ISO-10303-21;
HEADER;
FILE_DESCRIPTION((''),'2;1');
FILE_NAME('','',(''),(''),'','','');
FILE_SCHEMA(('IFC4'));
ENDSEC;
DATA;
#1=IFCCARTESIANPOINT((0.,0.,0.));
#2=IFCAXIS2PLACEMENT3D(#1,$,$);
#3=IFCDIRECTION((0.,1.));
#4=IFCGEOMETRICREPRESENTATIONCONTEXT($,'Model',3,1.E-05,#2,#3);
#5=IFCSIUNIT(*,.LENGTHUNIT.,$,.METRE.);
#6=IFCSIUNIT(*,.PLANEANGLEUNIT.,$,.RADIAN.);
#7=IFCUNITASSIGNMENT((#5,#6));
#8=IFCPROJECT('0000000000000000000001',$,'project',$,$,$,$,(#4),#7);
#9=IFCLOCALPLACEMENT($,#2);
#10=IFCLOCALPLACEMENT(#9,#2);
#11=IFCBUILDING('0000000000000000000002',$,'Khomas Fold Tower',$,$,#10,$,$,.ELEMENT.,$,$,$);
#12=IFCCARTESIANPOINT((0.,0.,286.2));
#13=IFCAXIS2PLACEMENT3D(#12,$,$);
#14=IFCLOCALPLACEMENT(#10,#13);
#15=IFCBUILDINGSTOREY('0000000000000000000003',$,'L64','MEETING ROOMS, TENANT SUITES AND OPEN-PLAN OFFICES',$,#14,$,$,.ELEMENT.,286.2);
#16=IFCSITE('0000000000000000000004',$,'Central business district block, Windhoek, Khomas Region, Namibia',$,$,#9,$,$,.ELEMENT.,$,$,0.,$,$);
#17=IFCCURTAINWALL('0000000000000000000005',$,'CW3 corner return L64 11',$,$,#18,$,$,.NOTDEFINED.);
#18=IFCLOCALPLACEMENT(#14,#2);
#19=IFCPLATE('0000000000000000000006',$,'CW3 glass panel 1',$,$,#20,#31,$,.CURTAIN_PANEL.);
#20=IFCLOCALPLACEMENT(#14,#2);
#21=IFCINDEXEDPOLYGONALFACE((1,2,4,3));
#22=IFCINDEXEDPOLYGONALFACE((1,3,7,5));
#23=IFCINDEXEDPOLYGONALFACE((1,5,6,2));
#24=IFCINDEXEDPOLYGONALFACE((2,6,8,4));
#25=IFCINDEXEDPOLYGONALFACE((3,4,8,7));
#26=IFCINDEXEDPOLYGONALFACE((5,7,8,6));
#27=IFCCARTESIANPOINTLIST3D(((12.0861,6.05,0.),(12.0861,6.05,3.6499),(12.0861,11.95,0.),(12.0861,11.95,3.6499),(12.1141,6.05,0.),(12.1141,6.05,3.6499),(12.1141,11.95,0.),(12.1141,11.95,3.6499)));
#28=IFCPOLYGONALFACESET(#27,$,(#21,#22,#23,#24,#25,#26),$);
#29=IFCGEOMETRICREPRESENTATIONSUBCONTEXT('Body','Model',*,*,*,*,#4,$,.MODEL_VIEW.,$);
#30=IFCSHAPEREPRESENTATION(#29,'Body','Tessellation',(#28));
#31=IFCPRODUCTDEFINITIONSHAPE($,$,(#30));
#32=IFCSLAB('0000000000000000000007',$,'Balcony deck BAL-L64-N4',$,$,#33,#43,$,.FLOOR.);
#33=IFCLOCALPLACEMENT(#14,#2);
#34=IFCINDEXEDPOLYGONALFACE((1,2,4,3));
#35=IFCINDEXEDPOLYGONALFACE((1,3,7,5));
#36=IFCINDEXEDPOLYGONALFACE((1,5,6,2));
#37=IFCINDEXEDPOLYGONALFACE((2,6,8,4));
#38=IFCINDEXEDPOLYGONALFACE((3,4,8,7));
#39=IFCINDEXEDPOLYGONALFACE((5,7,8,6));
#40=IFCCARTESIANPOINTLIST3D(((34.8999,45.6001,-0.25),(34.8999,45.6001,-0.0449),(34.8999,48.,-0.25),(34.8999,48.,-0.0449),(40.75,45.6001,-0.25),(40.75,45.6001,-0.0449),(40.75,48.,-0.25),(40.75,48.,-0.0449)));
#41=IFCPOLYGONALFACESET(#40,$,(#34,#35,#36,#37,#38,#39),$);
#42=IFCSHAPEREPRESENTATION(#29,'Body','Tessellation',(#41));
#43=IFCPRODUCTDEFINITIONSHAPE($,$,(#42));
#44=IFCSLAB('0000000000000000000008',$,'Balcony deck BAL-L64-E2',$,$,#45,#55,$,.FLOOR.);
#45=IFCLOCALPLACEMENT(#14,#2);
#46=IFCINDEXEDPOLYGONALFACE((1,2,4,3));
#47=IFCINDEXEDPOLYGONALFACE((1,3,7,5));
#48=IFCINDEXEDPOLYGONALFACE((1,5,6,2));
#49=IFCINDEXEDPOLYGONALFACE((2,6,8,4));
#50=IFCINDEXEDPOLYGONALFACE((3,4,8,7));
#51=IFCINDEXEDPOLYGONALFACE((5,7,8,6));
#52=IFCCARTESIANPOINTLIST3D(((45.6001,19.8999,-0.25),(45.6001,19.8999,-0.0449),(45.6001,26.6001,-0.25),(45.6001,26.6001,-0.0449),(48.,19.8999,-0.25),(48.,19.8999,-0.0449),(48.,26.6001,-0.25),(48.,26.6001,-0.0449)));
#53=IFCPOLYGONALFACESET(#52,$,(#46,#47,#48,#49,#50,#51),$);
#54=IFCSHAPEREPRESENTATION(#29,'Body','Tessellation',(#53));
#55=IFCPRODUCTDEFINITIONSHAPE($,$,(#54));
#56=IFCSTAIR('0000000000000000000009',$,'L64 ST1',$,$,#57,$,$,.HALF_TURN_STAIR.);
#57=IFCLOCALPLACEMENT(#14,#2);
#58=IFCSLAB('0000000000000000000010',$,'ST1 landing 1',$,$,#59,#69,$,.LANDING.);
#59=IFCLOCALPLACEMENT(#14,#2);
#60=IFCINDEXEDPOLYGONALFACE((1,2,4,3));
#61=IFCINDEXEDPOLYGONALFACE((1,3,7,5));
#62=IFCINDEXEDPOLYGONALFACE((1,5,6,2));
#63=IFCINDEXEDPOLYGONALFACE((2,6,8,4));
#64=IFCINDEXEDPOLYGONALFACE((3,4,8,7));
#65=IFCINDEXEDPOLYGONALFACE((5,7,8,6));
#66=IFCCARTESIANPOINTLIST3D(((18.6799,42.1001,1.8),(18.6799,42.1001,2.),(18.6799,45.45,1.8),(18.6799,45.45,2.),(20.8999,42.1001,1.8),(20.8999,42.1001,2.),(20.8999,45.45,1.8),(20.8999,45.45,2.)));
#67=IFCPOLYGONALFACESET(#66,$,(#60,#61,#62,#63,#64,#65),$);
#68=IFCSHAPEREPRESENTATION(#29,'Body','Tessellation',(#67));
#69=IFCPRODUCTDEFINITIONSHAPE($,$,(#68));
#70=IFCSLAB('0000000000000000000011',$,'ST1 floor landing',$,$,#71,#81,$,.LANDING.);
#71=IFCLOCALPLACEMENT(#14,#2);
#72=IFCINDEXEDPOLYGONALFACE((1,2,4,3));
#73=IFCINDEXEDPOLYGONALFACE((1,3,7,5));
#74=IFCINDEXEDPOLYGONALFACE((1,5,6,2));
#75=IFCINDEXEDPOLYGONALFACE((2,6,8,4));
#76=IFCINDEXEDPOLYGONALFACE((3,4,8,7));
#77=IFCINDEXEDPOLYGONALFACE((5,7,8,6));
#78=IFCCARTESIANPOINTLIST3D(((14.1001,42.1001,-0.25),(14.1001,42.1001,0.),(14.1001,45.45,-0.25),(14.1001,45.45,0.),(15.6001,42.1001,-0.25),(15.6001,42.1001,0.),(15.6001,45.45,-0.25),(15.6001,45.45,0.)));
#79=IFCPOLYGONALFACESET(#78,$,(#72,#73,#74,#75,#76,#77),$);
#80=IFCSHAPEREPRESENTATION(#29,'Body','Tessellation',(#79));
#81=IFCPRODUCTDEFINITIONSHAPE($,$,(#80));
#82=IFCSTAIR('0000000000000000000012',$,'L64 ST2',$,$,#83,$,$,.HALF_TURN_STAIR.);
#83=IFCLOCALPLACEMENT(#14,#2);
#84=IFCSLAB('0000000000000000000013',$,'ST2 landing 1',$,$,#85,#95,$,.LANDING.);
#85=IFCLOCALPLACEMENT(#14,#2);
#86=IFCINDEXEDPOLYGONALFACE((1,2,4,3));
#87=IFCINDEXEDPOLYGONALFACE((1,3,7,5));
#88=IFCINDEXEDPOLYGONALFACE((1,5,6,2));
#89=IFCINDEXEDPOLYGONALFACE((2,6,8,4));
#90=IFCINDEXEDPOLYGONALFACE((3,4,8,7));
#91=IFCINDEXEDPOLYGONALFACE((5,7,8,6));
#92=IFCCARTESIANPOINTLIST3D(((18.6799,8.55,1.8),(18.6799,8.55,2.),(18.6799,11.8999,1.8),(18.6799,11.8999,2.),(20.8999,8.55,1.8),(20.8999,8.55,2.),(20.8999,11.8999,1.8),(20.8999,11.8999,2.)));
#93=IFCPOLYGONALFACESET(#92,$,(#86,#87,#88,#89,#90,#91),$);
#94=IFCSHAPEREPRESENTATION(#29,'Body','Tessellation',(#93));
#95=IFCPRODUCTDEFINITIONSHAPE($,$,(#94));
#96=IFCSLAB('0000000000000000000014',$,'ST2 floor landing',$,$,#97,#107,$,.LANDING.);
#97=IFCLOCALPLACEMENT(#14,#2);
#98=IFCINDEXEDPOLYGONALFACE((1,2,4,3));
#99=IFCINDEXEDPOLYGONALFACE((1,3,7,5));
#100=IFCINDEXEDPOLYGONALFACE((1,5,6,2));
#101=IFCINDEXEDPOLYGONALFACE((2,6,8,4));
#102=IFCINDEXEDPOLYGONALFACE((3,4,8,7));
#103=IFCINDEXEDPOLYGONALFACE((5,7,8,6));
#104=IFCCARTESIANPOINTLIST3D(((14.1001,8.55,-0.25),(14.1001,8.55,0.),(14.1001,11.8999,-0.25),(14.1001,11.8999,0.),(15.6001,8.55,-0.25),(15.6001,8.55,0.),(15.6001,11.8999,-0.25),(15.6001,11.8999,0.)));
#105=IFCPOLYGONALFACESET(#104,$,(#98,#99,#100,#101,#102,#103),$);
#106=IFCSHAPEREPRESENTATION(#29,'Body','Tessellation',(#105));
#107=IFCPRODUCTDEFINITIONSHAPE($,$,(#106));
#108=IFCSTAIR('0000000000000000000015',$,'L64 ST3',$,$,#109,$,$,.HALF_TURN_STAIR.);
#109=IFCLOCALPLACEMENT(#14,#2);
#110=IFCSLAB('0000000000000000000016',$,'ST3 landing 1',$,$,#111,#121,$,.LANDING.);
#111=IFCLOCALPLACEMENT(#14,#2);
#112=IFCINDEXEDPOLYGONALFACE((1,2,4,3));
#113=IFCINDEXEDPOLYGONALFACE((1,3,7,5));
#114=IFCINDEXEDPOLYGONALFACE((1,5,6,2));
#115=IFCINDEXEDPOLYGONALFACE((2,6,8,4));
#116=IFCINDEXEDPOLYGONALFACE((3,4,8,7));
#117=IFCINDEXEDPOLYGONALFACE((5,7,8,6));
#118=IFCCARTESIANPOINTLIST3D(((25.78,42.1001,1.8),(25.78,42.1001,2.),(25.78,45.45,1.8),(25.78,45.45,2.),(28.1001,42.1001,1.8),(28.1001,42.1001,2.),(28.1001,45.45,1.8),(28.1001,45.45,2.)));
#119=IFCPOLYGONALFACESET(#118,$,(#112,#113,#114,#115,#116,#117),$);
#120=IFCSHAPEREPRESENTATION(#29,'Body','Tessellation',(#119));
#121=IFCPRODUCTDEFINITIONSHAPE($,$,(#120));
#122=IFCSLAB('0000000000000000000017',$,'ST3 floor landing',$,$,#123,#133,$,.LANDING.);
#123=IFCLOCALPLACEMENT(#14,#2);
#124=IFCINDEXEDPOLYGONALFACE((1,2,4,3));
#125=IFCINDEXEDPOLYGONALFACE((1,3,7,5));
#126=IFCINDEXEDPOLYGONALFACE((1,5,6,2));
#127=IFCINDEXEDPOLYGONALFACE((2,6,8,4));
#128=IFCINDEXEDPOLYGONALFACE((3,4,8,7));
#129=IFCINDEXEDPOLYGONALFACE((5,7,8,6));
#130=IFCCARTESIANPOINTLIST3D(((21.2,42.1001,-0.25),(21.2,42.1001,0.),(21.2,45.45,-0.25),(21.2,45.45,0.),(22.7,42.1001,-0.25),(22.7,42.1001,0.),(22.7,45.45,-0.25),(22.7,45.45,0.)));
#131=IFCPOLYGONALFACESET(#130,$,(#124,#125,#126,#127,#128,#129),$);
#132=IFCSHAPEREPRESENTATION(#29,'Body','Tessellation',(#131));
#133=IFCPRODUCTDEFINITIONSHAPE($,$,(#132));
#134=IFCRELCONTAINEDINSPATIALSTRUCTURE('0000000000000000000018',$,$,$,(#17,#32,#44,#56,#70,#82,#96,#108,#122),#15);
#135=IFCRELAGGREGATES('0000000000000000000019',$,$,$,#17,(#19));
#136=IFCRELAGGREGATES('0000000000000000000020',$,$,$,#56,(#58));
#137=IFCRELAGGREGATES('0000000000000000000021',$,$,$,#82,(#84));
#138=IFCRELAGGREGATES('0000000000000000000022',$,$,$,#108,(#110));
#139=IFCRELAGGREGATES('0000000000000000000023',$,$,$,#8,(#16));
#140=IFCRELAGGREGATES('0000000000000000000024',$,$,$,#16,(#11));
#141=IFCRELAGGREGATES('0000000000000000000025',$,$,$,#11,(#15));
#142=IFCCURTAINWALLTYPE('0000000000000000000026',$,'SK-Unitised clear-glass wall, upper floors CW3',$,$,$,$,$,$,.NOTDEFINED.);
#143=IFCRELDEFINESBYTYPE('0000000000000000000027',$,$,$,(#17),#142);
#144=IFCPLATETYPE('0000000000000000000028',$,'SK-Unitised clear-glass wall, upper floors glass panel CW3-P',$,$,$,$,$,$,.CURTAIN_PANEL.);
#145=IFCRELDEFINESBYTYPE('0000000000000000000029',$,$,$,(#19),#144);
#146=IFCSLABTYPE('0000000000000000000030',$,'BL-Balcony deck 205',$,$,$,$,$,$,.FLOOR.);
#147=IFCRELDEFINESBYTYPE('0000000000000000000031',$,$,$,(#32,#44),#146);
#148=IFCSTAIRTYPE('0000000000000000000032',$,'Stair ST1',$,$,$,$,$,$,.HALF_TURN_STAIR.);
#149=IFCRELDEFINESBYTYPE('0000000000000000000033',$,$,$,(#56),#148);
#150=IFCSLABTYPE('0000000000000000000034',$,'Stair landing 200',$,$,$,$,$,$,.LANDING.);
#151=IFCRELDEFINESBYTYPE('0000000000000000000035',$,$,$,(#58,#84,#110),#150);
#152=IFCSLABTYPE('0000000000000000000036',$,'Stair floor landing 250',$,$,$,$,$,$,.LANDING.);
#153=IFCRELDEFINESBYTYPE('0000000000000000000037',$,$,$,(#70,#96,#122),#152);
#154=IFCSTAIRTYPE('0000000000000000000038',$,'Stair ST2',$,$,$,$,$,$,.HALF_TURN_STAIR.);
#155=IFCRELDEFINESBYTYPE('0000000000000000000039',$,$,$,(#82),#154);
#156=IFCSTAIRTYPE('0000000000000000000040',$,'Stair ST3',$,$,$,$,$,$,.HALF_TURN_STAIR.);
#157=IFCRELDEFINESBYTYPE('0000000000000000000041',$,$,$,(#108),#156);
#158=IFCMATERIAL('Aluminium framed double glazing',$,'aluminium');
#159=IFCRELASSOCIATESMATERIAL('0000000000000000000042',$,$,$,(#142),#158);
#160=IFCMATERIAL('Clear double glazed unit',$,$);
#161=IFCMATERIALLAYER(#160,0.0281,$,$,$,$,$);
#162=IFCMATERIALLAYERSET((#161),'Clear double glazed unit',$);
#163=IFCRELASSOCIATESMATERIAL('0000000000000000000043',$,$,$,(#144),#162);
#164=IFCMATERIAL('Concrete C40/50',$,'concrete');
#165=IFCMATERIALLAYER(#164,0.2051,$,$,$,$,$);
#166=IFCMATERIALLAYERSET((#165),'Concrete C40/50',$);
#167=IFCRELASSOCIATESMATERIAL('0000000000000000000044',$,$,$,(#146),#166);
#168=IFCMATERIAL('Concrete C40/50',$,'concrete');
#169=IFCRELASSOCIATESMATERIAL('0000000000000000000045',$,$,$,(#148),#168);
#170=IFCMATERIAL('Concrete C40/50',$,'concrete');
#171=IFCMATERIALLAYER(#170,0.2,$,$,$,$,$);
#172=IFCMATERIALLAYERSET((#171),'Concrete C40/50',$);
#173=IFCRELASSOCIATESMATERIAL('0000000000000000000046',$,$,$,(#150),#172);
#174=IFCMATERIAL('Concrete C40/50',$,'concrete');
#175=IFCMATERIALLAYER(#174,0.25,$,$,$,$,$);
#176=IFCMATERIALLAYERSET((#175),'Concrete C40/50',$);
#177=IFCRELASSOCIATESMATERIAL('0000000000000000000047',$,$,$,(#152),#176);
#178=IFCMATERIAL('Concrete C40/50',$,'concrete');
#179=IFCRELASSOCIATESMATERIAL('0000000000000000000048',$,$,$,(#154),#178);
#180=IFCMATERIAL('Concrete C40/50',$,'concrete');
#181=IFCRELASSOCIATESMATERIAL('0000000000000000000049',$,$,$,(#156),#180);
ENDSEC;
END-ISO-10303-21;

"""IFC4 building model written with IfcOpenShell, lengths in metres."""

from ifc_helpers import new_model, si_unit, direction, frame, origin, origin_2d, place, context, subcontext, project, spatial, polyline, rectangle, outline, extrude, source, transform, mapped, material, layer, layer_set, type_object, element, aggregate, save


model = new_model("IFC4")

# Units and contexts
model_context = context("Model", 3, precision=1e-05, world=origin(), true_north=direction((0.0, 1.0)))
body_context = subcontext(model_context, "Body", "Model", "MODEL_VIEW")
ifc_project = project(units=[si_unit("LENGTHUNIT", "METRE"), si_unit("PLANEANGLEUNIT", "RADIAN")], contexts=[model_context])

# Site, building, storey
site_placement = place(None, origin())
site = spatial("IfcSite", under=ifc_project, at=site_placement, Name="Central business district block, Windhoek, Khomas Region, Namibia", CompositionType="ELEMENT", RefElevation=0.0)
building_placement = place(site_placement, origin())
building = spatial("IfcBuilding", under=site, at=building_placement, Name="Khomas Fold Tower", CompositionType="ELEMENT")
storey_placement = place(building_placement, frame((0.0, 0.0, 286.2)))
storey = spatial("IfcBuildingStorey", under=building, at=storey_placement, Name="L64", Description="MEETING ROOMS, TENANT SUITES AND OPEN-PLAN OFFICES", CompositionType="ELEMENT", Elevation=286.2)

# Shared definitions
ifc_material_1 = material(Name="Aluminium framed double glazing", Category="aluminium")
curtain_wall_type = type_object("IfcCurtainWallType", Name="SK-Unitised clear-glass wall, upper floors CW3", PredefinedType="NOTDEFINED", material=ifc_material_1)

# Curtain wall
curtain_wall_1_placement = place(storey_placement, origin())
curtain_wall_1 = element("IfcCurtainWall", 1, at=curtain_wall_1_placement, inside=storey, type_object=curtain_wall_type, Name="CW3 corner return L64 11", PredefinedType="NOTDEFINED")

# Plate
ifc_material_2 = material(Name="Clear double glazed unit")
ifc_layer_1 = layer(ifc_material_2, 0.0281)
ifc_layer_set_1 = layer_set([ifc_layer_1], Name="Clear double glazed unit")
plate_type = type_object("IfcPlateType", Name="SK-Unitised clear-glass wall, upper floors glass panel CW3-P", PredefinedType="CURTAIN_PANEL", material=ifc_layer_set_1)
shared_shape_1 = source(origin(), body_context, "Body", "SweptSolid", [
    extrude(rectangle(XDim=5.8999, YDim=0.0281, at=origin_2d()), origin(), (0.0, 0.0, 1.0), 3.6499),
])
plate_1_placement = place(storey_placement, frame((12.1001, 9.0, 0.0), z_axis=(0.0, 0.0, 1.0), x_axis=(0.0, -1.0, 0.0)))
plate_1 = element("IfcPlate", 2, at=plate_1_placement, type_object=plate_type, Name="CW3 glass panel 1", PredefinedType="CURTAIN_PANEL", context=body_context, shape_type="MappedRepresentation", body=[
    mapped(shared_shape_1, transform((0.0, 0.0, 0.0))),
])
aggregate(curtain_wall_1, [plate_1])

# Slabs
ifc_material_3 = material(Name="Concrete C40/50", Category="concrete")
ifc_layer_2 = layer(ifc_material_3, 0.2051)
ifc_layer_set_2 = layer_set([ifc_layer_2], Name="Concrete C40/50")
slab_type_1 = type_object("IfcSlabType", Name="BL-Balcony deck 205", PredefinedType="FLOOR", material=ifc_layer_set_2)
shared_shape_2 = source(origin(), body_context, "Body", "SweptSolid", [
    extrude(outline(polyline([(34.8999, 45.6001), (40.75, 45.6001), (40.75, 48.0), (34.8999, 48.0), (34.8999, 45.6001)])), origin(), (0.0, 0.0, 1.0), 0.2051),
])
slab_1_placement = place(storey_placement, frame((0.0, 0.0, -0.25)))
element("IfcSlab", 3, at=slab_1_placement, inside=storey, type_object=slab_type_1, Name="Balcony deck BAL-L64-N4", PredefinedType="FLOOR", context=body_context, shape_type="MappedRepresentation", body=[
    mapped(shared_shape_2, transform((0.0, 0.0, 0.0))),
])
shared_shape_3 = source(origin(), body_context, "Body", "SweptSolid", [
    extrude(outline(polyline([(45.6001, 19.8999), (48.0, 19.8999), (48.0, 26.6001), (45.6001, 26.6001), (45.6001, 19.8999)])), origin(), (0.0, 0.0, 1.0), 0.2051),
])
slab_2_placement = place(storey_placement, frame((0.0, 0.0, -0.25)))
element("IfcSlab", 4, at=slab_2_placement, inside=storey, type_object=slab_type_1, Name="Balcony deck BAL-L64-E2", PredefinedType="FLOOR", context=body_context, shape_type="MappedRepresentation", body=[
    mapped(shared_shape_3, transform((0.0, 0.0, 0.0))),
])

# Stair, slab
ifc_material_4 = material(Name="Concrete C40/50", Category="concrete")
stair_type_1 = type_object("IfcStairType", Name="Stair ST1", PredefinedType="HALF_TURN_STAIR", material=ifc_material_4)
stair_1_placement = place(storey_placement, origin())
stair_1 = element("IfcStair", 5, at=stair_1_placement, inside=storey, type_object=stair_type_1, Name="L64 ST1", PredefinedType="HALF_TURN_STAIR")
ifc_material_5 = material(Name="Concrete C40/50", Category="concrete")
ifc_layer_3 = layer(ifc_material_5, 0.2)
ifc_layer_set_3 = layer_set([ifc_layer_3], Name="Concrete C40/50")
slab_type_2 = type_object("IfcSlabType", Name="Stair landing 200", PredefinedType="LANDING", material=ifc_layer_set_3)
shared_shape_4 = source(origin(), body_context, "Body", "SweptSolid", [
    extrude(outline(polyline([(18.6799, 42.1001), (20.8999, 42.1001), (20.8999, 45.45), (18.6799, 45.45), (18.6799, 42.1001)])), origin(), (0.0, 0.0, 1.0), 0.2),
])
slab_3_placement = place(storey_placement, frame((0.0, 0.0, 1.8)))
slab_3 = element("IfcSlab", 6, at=slab_3_placement, type_object=slab_type_2, Name="ST1 landing 1", PredefinedType="LANDING", context=body_context, shape_type="MappedRepresentation", body=[
    mapped(shared_shape_4, transform((0.0, 0.0, 0.0))),
])
aggregate(stair_1, [slab_3])

# Slab
ifc_material_6 = material(Name="Concrete C40/50", Category="concrete")
ifc_layer_4 = layer(ifc_material_6, 0.25)
ifc_layer_set_4 = layer_set([ifc_layer_4], Name="Concrete C40/50")
slab_type_3 = type_object("IfcSlabType", Name="Stair floor landing 250", PredefinedType="LANDING", material=ifc_layer_set_4)
shared_shape_5 = source(origin(), body_context, "Body", "SweptSolid", [
    extrude(outline(polyline([(15.6001, 42.1001), (14.1001, 42.1001), (14.1001, 45.45), (15.6001, 45.45), (15.6001, 42.1001)])), origin(), (0.0, 0.0, 1.0), 0.25),
])
slab_4_placement = place(storey_placement, frame((0.0, 0.0, -0.25)))
element("IfcSlab", 7, at=slab_4_placement, inside=storey, type_object=slab_type_3, Name="ST1 floor landing", PredefinedType="LANDING", context=body_context, shape_type="MappedRepresentation", body=[
    mapped(shared_shape_5, transform((0.0, 0.0, 0.0))),
])

# Stair, slab
ifc_material_7 = material(Name="Concrete C40/50", Category="concrete")
stair_type_2 = type_object("IfcStairType", Name="Stair ST2", PredefinedType="HALF_TURN_STAIR", material=ifc_material_7)
stair_2_placement = place(storey_placement, origin())
stair_2 = element("IfcStair", 8, at=stair_2_placement, inside=storey, type_object=stair_type_2, Name="L64 ST2", PredefinedType="HALF_TURN_STAIR")
shared_shape_6 = source(origin(), body_context, "Body", "SweptSolid", [
    extrude(outline(polyline([(18.6799, 8.55), (20.8999, 8.55), (20.8999, 11.8999), (18.6799, 11.8999), (18.6799, 8.55)])), origin(), (0.0, 0.0, 1.0), 0.2),
])
slab_5_placement = place(storey_placement, frame((0.0, 0.0, 1.8)))
slab_5 = element("IfcSlab", 9, at=slab_5_placement, type_object=slab_type_2, Name="ST2 landing 1", PredefinedType="LANDING", context=body_context, shape_type="MappedRepresentation", body=[
    mapped(shared_shape_6, transform((0.0, 0.0, 0.0))),
])
aggregate(stair_2, [slab_5])

# Slab
shared_shape_7 = source(origin(), body_context, "Body", "SweptSolid", [
    extrude(outline(polyline([(15.6001, 8.55), (14.1001, 8.55), (14.1001, 11.8999), (15.6001, 11.8999), (15.6001, 8.55)])), origin(), (0.0, 0.0, 1.0), 0.25),
])
slab_6_placement = place(storey_placement, frame((0.0, 0.0, -0.25)))
element("IfcSlab", 10, at=slab_6_placement, inside=storey, type_object=slab_type_3, Name="ST2 floor landing", PredefinedType="LANDING", context=body_context, shape_type="MappedRepresentation", body=[
    mapped(shared_shape_7, transform((0.0, 0.0, 0.0))),
])

# Stair, slab
ifc_material_8 = material(Name="Concrete C40/50", Category="concrete")
stair_type_3 = type_object("IfcStairType", Name="Stair ST3", PredefinedType="HALF_TURN_STAIR", material=ifc_material_8)
stair_3_placement = place(storey_placement, origin())
stair_3 = element("IfcStair", 11, at=stair_3_placement, inside=storey, type_object=stair_type_3, Name="L64 ST3", PredefinedType="HALF_TURN_STAIR")
shared_shape_8 = source(origin(), body_context, "Body", "SweptSolid", [
    extrude(outline(polyline([(25.78, 42.1001), (28.1001, 42.1001), (28.1001, 45.45), (25.78, 45.45), (25.78, 42.1001)])), origin(), (0.0, 0.0, 1.0), 0.2),
])
slab_7_placement = place(storey_placement, frame((0.0, 0.0, 1.8)))
slab_7 = element("IfcSlab", 12, at=slab_7_placement, type_object=slab_type_2, Name="ST3 landing 1", PredefinedType="LANDING", context=body_context, shape_type="MappedRepresentation", body=[
    mapped(shared_shape_8, transform((0.0, 0.0, 0.0))),
])
aggregate(stair_3, [slab_7])

# Slab
shared_shape_9 = source(origin(), body_context, "Body", "SweptSolid", [
    extrude(outline(polyline([(22.7, 42.1001), (21.2, 42.1001), (21.2, 45.45), (22.7, 45.45), (22.7, 42.1001)])), origin(), (0.0, 0.0, 1.0), 0.25),
])
slab_8_placement = place(storey_placement, frame((0.0, 0.0, -0.25)))
element("IfcSlab", 13, at=slab_8_placement, inside=storey, type_object=slab_type_3, Name="ST3 floor landing", PredefinedType="LANDING", context=body_context, shape_type="MappedRepresentation", body=[
    mapped(shared_shape_9, transform((0.0, 0.0, 0.0))),
])

save(model, "model.ifc")
